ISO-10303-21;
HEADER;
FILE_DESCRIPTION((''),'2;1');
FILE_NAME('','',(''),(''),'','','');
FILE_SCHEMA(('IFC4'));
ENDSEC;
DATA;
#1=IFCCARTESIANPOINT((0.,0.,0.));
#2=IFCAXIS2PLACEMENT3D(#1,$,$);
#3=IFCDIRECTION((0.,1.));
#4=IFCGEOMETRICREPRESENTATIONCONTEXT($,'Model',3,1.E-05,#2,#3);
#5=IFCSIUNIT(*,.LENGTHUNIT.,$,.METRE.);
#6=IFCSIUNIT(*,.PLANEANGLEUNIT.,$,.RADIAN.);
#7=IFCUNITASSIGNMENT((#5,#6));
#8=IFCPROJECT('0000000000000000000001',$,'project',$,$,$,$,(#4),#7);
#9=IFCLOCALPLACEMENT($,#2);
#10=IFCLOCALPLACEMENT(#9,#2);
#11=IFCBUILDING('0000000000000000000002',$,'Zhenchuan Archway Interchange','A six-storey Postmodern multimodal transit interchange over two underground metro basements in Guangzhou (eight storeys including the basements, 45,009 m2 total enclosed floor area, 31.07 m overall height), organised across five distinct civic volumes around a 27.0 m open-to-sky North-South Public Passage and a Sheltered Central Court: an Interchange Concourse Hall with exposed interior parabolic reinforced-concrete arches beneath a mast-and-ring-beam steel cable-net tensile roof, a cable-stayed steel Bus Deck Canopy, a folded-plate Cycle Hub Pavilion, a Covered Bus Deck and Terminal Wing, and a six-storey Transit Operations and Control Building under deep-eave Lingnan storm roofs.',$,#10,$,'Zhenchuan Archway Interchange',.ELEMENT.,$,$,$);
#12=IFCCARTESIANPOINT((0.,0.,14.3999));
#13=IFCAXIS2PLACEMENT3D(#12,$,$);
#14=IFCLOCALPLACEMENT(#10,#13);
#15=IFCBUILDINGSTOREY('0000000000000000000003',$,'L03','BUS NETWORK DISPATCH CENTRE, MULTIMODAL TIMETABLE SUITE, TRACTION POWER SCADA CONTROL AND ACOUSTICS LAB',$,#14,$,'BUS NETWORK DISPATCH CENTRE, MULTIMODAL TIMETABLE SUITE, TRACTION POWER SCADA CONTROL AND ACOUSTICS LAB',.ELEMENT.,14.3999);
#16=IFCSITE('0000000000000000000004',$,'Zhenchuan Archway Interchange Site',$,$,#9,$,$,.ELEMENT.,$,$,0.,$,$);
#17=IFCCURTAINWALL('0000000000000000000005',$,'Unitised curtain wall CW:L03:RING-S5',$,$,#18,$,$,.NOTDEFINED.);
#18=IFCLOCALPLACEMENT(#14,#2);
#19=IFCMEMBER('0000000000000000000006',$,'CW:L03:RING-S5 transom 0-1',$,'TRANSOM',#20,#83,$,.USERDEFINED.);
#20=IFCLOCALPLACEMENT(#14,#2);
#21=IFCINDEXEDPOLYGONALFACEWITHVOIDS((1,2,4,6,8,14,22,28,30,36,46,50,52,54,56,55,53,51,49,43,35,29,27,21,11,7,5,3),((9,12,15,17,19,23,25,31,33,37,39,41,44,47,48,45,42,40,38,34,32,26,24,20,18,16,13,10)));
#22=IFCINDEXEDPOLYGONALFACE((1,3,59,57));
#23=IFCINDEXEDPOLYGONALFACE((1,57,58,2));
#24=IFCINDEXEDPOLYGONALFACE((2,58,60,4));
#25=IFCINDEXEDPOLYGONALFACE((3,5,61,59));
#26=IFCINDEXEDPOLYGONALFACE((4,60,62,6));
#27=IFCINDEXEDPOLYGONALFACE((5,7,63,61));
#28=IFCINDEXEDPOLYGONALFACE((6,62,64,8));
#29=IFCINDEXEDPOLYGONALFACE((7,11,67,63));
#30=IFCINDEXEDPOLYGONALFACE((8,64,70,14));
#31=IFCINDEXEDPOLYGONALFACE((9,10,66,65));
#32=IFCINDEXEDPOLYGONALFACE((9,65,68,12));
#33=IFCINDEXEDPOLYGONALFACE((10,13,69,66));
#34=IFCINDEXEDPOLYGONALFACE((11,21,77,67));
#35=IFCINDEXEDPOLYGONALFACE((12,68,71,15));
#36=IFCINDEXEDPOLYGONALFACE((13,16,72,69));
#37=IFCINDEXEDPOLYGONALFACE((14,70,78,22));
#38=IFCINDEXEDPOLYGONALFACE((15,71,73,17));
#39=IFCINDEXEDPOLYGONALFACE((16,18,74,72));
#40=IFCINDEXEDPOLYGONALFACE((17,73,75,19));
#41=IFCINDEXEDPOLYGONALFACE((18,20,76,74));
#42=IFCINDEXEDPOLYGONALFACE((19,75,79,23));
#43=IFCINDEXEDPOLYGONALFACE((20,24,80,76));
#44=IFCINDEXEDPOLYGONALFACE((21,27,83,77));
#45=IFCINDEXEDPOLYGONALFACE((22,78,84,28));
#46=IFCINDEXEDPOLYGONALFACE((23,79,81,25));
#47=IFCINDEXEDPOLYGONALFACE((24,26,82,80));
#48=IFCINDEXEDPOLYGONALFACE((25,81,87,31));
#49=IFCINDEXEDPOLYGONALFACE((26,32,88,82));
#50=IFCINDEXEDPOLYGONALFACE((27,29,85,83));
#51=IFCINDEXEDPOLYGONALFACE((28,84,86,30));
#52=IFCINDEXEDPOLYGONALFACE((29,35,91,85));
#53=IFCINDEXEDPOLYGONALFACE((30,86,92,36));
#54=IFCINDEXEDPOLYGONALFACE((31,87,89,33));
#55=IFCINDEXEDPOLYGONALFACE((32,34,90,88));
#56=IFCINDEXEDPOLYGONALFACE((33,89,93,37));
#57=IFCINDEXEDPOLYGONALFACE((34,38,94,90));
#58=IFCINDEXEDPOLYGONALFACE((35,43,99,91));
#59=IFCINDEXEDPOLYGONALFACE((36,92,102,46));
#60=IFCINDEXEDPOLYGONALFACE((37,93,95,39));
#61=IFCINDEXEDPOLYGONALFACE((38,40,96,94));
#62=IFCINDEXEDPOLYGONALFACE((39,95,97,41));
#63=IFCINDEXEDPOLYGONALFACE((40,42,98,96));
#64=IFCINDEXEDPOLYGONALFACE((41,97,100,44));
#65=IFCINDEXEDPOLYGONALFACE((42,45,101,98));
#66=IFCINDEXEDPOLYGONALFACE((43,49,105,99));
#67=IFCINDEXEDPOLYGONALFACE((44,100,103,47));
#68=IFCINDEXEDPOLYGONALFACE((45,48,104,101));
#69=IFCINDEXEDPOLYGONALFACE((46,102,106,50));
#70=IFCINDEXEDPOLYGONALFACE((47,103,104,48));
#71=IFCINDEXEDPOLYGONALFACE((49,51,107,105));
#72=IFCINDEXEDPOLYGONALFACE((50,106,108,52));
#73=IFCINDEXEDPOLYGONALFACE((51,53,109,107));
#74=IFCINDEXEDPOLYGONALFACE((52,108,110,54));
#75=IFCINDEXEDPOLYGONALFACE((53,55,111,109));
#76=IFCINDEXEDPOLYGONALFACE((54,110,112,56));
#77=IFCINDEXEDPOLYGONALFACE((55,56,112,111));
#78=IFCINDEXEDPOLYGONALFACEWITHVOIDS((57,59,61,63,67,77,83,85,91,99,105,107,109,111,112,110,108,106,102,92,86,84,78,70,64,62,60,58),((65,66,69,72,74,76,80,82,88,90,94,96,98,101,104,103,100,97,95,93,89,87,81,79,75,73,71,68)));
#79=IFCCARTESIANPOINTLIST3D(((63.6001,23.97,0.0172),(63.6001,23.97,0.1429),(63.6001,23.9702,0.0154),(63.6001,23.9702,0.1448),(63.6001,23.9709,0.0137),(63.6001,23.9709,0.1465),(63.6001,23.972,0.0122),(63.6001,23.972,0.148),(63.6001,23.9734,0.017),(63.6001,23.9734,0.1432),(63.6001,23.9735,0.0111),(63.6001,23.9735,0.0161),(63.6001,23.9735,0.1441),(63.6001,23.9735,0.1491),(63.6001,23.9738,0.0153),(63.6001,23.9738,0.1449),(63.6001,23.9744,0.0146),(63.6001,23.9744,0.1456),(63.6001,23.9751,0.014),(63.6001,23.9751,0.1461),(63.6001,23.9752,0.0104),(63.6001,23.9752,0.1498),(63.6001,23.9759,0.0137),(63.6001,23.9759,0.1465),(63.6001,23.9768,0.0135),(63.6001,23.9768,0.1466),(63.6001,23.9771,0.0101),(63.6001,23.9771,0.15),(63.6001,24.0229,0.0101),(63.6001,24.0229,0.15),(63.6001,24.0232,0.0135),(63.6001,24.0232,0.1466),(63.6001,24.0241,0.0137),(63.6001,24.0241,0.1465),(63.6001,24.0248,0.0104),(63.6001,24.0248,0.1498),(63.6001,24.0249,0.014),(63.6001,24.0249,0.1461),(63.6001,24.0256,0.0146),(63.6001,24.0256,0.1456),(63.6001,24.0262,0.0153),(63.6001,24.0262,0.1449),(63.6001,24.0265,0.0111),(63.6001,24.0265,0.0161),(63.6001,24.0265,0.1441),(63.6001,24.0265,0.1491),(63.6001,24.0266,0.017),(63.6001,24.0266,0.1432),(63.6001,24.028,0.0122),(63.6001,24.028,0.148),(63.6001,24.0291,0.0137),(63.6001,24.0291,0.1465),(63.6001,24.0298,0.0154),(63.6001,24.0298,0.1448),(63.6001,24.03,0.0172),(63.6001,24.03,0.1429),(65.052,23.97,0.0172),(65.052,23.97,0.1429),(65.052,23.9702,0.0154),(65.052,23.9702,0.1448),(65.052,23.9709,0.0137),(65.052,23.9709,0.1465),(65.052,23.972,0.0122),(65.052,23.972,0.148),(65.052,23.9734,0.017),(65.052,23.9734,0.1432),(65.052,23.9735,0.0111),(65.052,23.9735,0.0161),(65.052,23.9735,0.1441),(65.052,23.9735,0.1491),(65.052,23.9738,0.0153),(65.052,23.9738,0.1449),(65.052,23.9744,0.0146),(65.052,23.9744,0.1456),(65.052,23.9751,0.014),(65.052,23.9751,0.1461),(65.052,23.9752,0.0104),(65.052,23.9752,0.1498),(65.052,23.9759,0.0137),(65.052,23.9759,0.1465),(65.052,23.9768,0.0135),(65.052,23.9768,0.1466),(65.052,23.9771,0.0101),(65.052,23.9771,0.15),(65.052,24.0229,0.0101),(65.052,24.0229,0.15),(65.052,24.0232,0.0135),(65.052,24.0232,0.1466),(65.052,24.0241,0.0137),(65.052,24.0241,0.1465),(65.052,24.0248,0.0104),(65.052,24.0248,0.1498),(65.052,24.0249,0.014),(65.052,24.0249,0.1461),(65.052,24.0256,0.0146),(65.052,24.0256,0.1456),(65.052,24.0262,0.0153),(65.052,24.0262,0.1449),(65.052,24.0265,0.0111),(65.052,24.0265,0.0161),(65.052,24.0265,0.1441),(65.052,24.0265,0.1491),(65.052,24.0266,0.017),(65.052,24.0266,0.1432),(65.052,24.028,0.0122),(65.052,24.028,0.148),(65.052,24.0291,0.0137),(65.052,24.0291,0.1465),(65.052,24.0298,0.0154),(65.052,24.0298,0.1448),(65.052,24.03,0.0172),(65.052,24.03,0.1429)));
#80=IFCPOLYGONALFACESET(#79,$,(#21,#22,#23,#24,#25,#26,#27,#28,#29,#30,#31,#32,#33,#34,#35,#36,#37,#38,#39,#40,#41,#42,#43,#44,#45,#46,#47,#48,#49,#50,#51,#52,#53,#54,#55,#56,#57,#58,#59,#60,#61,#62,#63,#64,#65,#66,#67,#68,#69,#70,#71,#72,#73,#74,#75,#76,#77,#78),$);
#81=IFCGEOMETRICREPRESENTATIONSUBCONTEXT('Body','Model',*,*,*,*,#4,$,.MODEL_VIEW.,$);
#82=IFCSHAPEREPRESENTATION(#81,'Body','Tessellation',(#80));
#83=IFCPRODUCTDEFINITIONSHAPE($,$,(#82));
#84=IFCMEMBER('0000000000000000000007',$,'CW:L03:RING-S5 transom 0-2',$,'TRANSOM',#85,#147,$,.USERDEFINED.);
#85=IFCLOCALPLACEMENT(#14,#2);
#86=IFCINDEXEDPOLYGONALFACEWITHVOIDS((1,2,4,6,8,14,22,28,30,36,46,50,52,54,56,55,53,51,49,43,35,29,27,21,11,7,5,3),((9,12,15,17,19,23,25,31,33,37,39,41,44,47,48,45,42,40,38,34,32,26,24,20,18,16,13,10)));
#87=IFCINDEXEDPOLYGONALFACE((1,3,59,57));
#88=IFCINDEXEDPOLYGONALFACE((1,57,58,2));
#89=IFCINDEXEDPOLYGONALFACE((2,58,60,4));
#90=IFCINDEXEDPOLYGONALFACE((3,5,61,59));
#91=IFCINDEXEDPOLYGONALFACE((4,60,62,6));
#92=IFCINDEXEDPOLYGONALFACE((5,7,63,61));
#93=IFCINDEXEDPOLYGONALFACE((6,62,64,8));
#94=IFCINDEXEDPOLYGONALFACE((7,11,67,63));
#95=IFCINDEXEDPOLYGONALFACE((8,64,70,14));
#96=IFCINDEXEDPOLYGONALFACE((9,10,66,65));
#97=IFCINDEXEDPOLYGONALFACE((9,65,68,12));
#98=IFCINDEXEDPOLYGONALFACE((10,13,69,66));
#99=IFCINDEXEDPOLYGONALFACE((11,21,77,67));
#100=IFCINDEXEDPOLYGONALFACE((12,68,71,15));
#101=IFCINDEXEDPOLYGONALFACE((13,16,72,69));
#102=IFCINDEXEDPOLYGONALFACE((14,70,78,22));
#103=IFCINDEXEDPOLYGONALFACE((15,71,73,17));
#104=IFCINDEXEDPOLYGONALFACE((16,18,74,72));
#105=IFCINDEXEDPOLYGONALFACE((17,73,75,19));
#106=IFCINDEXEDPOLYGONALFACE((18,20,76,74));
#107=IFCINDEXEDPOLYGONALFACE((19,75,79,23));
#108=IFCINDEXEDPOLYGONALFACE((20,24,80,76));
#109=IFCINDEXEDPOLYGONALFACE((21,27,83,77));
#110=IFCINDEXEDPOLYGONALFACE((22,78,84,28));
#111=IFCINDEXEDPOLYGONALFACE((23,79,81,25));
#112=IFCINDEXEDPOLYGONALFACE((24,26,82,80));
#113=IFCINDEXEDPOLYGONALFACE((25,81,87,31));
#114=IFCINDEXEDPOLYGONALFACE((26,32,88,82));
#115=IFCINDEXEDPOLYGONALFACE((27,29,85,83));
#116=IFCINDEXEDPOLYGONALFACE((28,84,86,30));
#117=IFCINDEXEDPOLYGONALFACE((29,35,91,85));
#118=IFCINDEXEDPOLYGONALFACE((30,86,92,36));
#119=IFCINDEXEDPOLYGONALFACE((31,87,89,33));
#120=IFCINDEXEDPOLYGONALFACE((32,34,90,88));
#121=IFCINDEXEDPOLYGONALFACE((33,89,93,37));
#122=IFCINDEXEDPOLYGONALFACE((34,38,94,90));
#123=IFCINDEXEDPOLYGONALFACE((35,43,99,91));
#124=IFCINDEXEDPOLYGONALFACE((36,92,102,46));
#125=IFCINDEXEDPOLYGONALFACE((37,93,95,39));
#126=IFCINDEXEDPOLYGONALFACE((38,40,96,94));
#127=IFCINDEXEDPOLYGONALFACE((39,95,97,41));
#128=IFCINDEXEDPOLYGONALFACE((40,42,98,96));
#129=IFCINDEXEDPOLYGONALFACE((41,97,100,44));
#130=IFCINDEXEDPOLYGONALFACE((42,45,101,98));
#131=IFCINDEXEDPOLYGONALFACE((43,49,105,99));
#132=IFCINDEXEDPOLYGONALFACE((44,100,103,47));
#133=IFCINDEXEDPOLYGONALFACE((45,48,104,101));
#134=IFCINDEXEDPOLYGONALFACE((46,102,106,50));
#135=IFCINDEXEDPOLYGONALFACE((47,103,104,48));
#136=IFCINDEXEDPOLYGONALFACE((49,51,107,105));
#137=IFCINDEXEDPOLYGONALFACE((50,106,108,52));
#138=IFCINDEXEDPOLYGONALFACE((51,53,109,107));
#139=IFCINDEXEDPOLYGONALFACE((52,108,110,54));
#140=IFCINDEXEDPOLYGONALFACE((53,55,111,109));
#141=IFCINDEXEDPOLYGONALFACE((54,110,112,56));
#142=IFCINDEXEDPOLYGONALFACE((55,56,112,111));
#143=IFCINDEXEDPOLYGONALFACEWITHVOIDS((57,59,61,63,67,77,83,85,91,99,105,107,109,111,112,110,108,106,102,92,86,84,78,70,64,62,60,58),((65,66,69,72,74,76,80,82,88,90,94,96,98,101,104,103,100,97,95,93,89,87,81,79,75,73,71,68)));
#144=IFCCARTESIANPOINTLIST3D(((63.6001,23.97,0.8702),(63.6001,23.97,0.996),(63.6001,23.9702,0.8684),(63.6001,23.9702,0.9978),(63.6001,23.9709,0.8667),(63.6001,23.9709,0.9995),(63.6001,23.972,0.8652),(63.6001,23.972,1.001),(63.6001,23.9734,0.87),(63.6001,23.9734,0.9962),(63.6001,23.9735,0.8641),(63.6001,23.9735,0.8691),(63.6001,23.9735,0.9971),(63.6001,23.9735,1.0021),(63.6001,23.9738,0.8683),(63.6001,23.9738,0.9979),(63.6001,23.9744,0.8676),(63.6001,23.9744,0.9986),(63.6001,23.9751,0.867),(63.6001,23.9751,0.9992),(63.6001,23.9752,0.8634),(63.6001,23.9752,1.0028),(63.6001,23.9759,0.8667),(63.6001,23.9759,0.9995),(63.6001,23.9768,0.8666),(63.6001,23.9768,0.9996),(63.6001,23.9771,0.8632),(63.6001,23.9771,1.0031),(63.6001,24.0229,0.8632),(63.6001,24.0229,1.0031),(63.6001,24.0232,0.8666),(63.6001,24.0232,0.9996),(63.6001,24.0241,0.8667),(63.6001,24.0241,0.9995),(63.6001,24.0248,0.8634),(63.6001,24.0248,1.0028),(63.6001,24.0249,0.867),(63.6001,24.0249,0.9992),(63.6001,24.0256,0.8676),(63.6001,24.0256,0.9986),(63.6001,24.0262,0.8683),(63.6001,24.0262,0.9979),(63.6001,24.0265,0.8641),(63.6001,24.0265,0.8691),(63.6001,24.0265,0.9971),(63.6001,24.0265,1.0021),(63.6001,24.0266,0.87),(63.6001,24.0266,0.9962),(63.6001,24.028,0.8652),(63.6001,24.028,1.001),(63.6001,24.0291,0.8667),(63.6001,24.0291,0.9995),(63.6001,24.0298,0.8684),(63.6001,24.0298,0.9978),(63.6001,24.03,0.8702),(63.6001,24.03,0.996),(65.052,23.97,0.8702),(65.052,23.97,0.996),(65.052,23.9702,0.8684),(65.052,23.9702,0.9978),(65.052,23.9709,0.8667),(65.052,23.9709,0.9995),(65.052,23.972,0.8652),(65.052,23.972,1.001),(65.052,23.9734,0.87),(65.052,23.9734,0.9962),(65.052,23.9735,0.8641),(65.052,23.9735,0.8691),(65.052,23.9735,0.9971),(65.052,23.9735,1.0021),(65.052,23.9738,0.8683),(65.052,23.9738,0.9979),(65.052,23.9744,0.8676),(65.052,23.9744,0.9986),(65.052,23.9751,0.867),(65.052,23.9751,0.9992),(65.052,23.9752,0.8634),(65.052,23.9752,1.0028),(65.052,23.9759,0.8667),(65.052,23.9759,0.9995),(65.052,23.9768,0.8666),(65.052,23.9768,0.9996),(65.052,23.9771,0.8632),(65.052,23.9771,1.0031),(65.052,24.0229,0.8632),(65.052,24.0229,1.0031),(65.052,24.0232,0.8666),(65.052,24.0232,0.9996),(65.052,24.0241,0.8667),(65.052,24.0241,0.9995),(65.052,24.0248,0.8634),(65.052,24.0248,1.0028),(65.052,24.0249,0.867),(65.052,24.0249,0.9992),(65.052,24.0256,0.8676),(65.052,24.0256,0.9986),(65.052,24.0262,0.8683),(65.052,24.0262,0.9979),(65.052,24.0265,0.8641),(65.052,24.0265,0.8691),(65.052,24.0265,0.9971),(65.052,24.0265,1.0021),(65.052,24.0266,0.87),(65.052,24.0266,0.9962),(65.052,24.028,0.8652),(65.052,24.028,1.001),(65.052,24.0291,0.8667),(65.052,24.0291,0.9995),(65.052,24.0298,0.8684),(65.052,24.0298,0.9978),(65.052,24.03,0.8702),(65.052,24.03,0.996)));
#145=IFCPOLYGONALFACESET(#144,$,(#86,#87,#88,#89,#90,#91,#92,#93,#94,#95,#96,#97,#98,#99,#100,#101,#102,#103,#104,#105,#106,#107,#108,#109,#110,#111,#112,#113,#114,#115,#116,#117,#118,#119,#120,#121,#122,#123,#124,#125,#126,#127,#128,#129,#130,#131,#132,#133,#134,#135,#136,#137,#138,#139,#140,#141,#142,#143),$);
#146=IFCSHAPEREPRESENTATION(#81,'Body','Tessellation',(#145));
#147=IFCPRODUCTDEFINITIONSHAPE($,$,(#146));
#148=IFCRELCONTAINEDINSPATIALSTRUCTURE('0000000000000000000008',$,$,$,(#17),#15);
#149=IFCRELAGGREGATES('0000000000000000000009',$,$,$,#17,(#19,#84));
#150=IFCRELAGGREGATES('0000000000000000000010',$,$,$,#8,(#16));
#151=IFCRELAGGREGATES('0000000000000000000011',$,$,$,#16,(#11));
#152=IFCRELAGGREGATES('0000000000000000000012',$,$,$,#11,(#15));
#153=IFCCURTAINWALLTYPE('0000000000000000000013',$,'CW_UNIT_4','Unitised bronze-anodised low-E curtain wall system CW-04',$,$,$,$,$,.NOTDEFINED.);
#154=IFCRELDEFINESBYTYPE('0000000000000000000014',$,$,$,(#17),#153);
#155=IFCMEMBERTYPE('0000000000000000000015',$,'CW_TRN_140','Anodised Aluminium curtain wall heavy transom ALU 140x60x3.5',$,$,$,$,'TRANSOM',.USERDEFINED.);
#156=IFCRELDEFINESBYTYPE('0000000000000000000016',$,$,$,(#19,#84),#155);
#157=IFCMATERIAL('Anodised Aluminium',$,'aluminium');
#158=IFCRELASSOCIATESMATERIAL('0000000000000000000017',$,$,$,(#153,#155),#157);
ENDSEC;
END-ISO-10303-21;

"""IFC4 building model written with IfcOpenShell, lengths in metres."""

from ifc_helpers import new_model, si_unit, direction, frame, origin, origin_2d, place, context, subcontext, project, spatial, hollow_rectangle, extrude, material, material_profile, profile_set, type_object, element, aggregate, save


model = new_model("IFC4")

# Units and contexts
model_context = context("Model", 3, precision=1e-05, world=origin(), true_north=direction((0.0, 1.0)))
body_context = subcontext(model_context, "Body", "Model", "MODEL_VIEW")
ifc_project = project(units=[si_unit("LENGTHUNIT", "METRE"), si_unit("PLANEANGLEUNIT", "RADIAN")], contexts=[model_context])

# Site, building, storey
site_placement = place(None, origin())
site = spatial("IfcSite", under=ifc_project, at=site_placement, Name="Zhenchuan Archway Interchange Site", CompositionType="ELEMENT", RefElevation=0.0)
building_placement = place(site_placement, origin())
building = spatial("IfcBuilding", under=site, at=building_placement, Name="Zhenchuan Archway Interchange", Description="A six-storey Postmodern multimodal transit interchange over two underground metro basements in Guangzhou (eight storeys including the basements, 45,009 m2 total enclosed floor area, 31.07 m overall height), organised across five distinct civic volumes around a 27.0 m open-to-sky North-South Public Passage and a Sheltered Central Court: an Interchange Concourse Hall with exposed interior parabolic reinforced-concrete arches beneath a mast-and-ring-beam steel cable-net tensile roof, a cable-stayed steel Bus Deck Canopy, a folded-plate Cycle Hub Pavilion, a Covered Bus Deck and Terminal Wing, and a six-storey Transit Operations and Control Building under deep-eave Lingnan storm roofs.", LongName="Zhenchuan Archway Interchange", CompositionType="ELEMENT")
storey_placement = place(building_placement, frame((0.0, 0.0, 14.3999)))
storey = spatial("IfcBuildingStorey", under=building, at=storey_placement, Name="L03", Description="BUS NETWORK DISPATCH CENTRE, MULTIMODAL TIMETABLE SUITE, TRACTION POWER SCADA CONTROL AND ACOUSTICS LAB", LongName="BUS NETWORK DISPATCH CENTRE, MULTIMODAL TIMETABLE SUITE, TRACTION POWER SCADA CONTROL AND ACOUSTICS LAB", CompositionType="ELEMENT", Elevation=14.3999)

# Shared definitions
ifc_material_1 = material(Name="Anodised Aluminium", Category="aluminium")
curtain_wall_type = type_object("IfcCurtainWallType", Name="CW_UNIT_4", Description="Unitised bronze-anodised low-E curtain wall system CW-04", PredefinedType="NOTDEFINED", material=ifc_material_1)

# Curtain wall
curtain_wall_1_placement = place(storey_placement, origin())
curtain_wall_1 = element("IfcCurtainWall", 1, at=curtain_wall_1_placement, inside=storey, type_object=curtain_wall_type, Name="Unitised curtain wall CW:L03:RING-S5", PredefinedType="NOTDEFINED")

# Members
ifc_material_profile_1 = material_profile(ifc_material_1, hollow_rectangle(XDim=0.0601, YDim=0.1399, WallThickness=0.0034, InnerFilletRadius=0.0034, OuterFilletRadius=0.0071, at=origin_2d()), Name="ALU 140x60x3.5")
ifc_profile_set_1 = profile_set([ifc_material_profile_1], Name="Anodised Aluminium")
member_type_1 = type_object("IfcMemberType", Name="CW_TRN_140", Description="Anodised Aluminium curtain wall heavy transom ALU 140x60x3.5", ElementType="TRANSOM", PredefinedType="USERDEFINED", material=ifc_profile_set_1)
member_1_placement = place(storey_placement, frame((63.6001, 24.0, 0.0801), z_axis=(1.0, 0.0, 0.0), x_axis=(0.0, 1.0, 0.0)))
member_1 = element("IfcMember", 2, at=member_1_placement, type_object=member_type_1, Name="CW:L03:RING-S5 transom 0-1", ObjectType="TRANSOM", PredefinedType="USERDEFINED", context=body_context, shape_type="SweptSolid", body=[
    extrude(hollow_rectangle(XDim=0.0601, YDim=0.1399, WallThickness=0.0034, InnerFilletRadius=0.0034, OuterFilletRadius=0.0071, at=origin_2d()), origin(), (0.0, 0.0, 1.0), 1.4519),
])
member_2_placement = place(storey_placement, frame((63.6001, 24.0, 0.9331), z_axis=(1.0, 0.0, 0.0), x_axis=(0.0, 1.0, 0.0)))
member_2 = element("IfcMember", 3, at=member_2_placement, type_object=member_type_1, Name="CW:L03:RING-S5 transom 0-2", ObjectType="TRANSOM", PredefinedType="USERDEFINED", context=body_context, shape_type="SweptSolid", body=[
    extrude(hollow_rectangle(XDim=0.0601, YDim=0.1399, WallThickness=0.0034, InnerFilletRadius=0.0034, OuterFilletRadius=0.0071, at=origin_2d()), origin(), (0.0, 0.0, 1.0), 1.4519),
])
aggregate(curtain_wall_1, [member_1, member_2])

save(model, "model.ifc")
